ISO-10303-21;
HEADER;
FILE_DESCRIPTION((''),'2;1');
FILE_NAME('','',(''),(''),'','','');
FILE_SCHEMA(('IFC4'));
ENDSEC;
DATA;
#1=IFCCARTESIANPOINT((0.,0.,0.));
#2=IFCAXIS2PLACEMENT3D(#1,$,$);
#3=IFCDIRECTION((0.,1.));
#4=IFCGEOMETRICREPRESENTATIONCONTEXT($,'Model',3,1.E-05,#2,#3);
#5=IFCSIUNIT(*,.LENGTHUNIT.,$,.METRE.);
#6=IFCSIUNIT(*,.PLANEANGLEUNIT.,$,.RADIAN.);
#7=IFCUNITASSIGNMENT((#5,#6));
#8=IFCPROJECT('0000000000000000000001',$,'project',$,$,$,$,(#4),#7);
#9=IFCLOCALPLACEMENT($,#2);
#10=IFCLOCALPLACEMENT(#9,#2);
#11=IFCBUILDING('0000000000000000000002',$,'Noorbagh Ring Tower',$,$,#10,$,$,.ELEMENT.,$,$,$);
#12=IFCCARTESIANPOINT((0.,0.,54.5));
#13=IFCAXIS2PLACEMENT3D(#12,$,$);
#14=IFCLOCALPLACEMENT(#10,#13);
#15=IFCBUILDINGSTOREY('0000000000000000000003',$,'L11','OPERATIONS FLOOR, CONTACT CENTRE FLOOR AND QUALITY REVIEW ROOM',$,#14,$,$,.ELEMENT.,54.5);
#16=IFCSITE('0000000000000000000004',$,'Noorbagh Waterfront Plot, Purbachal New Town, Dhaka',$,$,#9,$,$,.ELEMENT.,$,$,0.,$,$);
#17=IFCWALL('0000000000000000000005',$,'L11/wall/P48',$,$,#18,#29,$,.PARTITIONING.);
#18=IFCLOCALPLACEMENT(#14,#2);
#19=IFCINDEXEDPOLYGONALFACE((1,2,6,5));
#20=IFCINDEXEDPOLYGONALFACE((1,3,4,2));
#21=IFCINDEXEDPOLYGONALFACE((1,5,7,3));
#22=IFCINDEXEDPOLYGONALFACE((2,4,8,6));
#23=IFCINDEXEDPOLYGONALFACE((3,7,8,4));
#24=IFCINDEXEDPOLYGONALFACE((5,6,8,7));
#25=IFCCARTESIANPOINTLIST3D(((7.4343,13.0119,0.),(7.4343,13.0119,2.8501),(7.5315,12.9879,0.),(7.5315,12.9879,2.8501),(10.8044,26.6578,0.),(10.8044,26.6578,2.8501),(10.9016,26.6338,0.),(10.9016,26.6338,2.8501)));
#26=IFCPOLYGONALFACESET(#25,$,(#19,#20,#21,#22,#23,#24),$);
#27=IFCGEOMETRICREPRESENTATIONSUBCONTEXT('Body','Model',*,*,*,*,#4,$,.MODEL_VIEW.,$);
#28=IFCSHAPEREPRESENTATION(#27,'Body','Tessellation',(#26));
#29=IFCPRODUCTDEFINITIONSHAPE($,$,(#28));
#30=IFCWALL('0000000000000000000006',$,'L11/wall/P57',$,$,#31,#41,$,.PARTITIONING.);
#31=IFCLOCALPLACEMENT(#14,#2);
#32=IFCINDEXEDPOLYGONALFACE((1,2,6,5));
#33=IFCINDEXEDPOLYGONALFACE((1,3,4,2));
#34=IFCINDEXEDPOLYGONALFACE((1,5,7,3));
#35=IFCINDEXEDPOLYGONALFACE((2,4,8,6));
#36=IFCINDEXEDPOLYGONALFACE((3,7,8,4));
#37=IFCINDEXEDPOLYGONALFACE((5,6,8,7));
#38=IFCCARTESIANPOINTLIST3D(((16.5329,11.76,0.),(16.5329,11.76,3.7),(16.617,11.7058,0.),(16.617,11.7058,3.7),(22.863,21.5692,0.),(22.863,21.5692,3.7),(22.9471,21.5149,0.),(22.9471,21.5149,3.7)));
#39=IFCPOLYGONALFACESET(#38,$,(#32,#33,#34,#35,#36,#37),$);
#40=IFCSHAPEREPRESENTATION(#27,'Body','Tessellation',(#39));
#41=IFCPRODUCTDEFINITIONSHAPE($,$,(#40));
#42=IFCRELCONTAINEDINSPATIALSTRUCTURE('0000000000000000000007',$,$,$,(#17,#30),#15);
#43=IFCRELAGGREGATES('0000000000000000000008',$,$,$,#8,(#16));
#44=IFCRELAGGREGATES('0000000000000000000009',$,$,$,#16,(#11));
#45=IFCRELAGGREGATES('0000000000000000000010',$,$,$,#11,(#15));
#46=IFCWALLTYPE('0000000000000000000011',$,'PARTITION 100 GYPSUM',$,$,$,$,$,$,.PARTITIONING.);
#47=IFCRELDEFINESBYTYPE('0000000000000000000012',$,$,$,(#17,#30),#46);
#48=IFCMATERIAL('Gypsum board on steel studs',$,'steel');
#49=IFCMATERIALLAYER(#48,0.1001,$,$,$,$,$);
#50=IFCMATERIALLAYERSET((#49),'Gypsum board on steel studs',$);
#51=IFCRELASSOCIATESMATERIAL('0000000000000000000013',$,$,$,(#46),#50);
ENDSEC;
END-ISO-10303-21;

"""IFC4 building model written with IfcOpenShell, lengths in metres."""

from ifc_helpers import new_model, si_unit, direction, frame, frame_2d, origin, place, context, subcontext, project, spatial, rectangle, extrude, material, layer, layer_set, type_object, element, save


model = new_model("IFC4")

# Units and contexts
model_context = context("Model", 3, precision=1e-05, world=origin(), true_north=direction((0.0, 1.0)))
body_context = subcontext(model_context, "Body", "Model", "MODEL_VIEW")
ifc_project = project(units=[si_unit("LENGTHUNIT", "METRE"), si_unit("PLANEANGLEUNIT", "RADIAN")], contexts=[model_context])

# Site, building, storey
site_placement = place(None, origin())
site = spatial("IfcSite", under=ifc_project, at=site_placement, Name="Noorbagh Waterfront Plot, Purbachal New Town, Dhaka", CompositionType="ELEMENT", RefElevation=0.0)
building_placement = place(site_placement, origin())
building = spatial("IfcBuilding", under=site, at=building_placement, Name="Noorbagh Ring Tower", CompositionType="ELEMENT")
storey_placement = place(building_placement, frame((0.0, 0.0, 54.5)))
storey = spatial("IfcBuildingStorey", under=building, at=storey_placement, Name="L11", Description="OPERATIONS FLOOR, CONTACT CENTRE FLOOR AND QUALITY REVIEW ROOM", CompositionType="ELEMENT", Elevation=54.5)

# Walls
ifc_material_1 = material(Name="Gypsum board on steel studs", Category="steel")
ifc_layer_1 = layer(ifc_material_1, 0.1001)
ifc_layer_set_1 = layer_set([ifc_layer_1], Name="Gypsum board on steel studs")
wall_type_1 = type_object("IfcWallType", Name="PARTITION 100 GYPSUM", PredefinedType="PARTITIONING", material=ifc_layer_set_1)
wall_1_placement = place(storey_placement, frame((7.4829, 13.0, 0.0), z_axis=(0.0, 0.0, 1.0), x_axis=(0.239764, 0.970831, 0.0)))
element("IfcWall", 1, at=wall_1_placement, inside=storey, type_object=wall_type_1, Name="L11/wall/P48", PredefinedType="PARTITIONING", context=body_context, shape_type="SweptSolid", body=[
    extrude(rectangle(XDim=14.0559, YDim=0.1001, at=frame_2d((7.0278, 0.0))), origin(), (0.0, 0.0, 1.0), 2.8501),
])
wall_2_placement = place(storey_placement, frame((16.575, 11.7329, 0.0), z_axis=(0.0, 0.0, 1.0), x_axis=(0.542226, 0.840233, 0.0)))
element("IfcWall", 2, at=wall_2_placement, inside=storey, type_object=wall_type_1, Name="L11/wall/P57", PredefinedType="PARTITIONING", context=body_context, shape_type="SweptSolid", body=[
    extrude(rectangle(XDim=11.6743, YDim=0.1001, at=frame_2d((5.8372, 0.0))), origin(), (0.0, 0.0, 1.0), 3.7),
])

save(model, "model.ifc")
